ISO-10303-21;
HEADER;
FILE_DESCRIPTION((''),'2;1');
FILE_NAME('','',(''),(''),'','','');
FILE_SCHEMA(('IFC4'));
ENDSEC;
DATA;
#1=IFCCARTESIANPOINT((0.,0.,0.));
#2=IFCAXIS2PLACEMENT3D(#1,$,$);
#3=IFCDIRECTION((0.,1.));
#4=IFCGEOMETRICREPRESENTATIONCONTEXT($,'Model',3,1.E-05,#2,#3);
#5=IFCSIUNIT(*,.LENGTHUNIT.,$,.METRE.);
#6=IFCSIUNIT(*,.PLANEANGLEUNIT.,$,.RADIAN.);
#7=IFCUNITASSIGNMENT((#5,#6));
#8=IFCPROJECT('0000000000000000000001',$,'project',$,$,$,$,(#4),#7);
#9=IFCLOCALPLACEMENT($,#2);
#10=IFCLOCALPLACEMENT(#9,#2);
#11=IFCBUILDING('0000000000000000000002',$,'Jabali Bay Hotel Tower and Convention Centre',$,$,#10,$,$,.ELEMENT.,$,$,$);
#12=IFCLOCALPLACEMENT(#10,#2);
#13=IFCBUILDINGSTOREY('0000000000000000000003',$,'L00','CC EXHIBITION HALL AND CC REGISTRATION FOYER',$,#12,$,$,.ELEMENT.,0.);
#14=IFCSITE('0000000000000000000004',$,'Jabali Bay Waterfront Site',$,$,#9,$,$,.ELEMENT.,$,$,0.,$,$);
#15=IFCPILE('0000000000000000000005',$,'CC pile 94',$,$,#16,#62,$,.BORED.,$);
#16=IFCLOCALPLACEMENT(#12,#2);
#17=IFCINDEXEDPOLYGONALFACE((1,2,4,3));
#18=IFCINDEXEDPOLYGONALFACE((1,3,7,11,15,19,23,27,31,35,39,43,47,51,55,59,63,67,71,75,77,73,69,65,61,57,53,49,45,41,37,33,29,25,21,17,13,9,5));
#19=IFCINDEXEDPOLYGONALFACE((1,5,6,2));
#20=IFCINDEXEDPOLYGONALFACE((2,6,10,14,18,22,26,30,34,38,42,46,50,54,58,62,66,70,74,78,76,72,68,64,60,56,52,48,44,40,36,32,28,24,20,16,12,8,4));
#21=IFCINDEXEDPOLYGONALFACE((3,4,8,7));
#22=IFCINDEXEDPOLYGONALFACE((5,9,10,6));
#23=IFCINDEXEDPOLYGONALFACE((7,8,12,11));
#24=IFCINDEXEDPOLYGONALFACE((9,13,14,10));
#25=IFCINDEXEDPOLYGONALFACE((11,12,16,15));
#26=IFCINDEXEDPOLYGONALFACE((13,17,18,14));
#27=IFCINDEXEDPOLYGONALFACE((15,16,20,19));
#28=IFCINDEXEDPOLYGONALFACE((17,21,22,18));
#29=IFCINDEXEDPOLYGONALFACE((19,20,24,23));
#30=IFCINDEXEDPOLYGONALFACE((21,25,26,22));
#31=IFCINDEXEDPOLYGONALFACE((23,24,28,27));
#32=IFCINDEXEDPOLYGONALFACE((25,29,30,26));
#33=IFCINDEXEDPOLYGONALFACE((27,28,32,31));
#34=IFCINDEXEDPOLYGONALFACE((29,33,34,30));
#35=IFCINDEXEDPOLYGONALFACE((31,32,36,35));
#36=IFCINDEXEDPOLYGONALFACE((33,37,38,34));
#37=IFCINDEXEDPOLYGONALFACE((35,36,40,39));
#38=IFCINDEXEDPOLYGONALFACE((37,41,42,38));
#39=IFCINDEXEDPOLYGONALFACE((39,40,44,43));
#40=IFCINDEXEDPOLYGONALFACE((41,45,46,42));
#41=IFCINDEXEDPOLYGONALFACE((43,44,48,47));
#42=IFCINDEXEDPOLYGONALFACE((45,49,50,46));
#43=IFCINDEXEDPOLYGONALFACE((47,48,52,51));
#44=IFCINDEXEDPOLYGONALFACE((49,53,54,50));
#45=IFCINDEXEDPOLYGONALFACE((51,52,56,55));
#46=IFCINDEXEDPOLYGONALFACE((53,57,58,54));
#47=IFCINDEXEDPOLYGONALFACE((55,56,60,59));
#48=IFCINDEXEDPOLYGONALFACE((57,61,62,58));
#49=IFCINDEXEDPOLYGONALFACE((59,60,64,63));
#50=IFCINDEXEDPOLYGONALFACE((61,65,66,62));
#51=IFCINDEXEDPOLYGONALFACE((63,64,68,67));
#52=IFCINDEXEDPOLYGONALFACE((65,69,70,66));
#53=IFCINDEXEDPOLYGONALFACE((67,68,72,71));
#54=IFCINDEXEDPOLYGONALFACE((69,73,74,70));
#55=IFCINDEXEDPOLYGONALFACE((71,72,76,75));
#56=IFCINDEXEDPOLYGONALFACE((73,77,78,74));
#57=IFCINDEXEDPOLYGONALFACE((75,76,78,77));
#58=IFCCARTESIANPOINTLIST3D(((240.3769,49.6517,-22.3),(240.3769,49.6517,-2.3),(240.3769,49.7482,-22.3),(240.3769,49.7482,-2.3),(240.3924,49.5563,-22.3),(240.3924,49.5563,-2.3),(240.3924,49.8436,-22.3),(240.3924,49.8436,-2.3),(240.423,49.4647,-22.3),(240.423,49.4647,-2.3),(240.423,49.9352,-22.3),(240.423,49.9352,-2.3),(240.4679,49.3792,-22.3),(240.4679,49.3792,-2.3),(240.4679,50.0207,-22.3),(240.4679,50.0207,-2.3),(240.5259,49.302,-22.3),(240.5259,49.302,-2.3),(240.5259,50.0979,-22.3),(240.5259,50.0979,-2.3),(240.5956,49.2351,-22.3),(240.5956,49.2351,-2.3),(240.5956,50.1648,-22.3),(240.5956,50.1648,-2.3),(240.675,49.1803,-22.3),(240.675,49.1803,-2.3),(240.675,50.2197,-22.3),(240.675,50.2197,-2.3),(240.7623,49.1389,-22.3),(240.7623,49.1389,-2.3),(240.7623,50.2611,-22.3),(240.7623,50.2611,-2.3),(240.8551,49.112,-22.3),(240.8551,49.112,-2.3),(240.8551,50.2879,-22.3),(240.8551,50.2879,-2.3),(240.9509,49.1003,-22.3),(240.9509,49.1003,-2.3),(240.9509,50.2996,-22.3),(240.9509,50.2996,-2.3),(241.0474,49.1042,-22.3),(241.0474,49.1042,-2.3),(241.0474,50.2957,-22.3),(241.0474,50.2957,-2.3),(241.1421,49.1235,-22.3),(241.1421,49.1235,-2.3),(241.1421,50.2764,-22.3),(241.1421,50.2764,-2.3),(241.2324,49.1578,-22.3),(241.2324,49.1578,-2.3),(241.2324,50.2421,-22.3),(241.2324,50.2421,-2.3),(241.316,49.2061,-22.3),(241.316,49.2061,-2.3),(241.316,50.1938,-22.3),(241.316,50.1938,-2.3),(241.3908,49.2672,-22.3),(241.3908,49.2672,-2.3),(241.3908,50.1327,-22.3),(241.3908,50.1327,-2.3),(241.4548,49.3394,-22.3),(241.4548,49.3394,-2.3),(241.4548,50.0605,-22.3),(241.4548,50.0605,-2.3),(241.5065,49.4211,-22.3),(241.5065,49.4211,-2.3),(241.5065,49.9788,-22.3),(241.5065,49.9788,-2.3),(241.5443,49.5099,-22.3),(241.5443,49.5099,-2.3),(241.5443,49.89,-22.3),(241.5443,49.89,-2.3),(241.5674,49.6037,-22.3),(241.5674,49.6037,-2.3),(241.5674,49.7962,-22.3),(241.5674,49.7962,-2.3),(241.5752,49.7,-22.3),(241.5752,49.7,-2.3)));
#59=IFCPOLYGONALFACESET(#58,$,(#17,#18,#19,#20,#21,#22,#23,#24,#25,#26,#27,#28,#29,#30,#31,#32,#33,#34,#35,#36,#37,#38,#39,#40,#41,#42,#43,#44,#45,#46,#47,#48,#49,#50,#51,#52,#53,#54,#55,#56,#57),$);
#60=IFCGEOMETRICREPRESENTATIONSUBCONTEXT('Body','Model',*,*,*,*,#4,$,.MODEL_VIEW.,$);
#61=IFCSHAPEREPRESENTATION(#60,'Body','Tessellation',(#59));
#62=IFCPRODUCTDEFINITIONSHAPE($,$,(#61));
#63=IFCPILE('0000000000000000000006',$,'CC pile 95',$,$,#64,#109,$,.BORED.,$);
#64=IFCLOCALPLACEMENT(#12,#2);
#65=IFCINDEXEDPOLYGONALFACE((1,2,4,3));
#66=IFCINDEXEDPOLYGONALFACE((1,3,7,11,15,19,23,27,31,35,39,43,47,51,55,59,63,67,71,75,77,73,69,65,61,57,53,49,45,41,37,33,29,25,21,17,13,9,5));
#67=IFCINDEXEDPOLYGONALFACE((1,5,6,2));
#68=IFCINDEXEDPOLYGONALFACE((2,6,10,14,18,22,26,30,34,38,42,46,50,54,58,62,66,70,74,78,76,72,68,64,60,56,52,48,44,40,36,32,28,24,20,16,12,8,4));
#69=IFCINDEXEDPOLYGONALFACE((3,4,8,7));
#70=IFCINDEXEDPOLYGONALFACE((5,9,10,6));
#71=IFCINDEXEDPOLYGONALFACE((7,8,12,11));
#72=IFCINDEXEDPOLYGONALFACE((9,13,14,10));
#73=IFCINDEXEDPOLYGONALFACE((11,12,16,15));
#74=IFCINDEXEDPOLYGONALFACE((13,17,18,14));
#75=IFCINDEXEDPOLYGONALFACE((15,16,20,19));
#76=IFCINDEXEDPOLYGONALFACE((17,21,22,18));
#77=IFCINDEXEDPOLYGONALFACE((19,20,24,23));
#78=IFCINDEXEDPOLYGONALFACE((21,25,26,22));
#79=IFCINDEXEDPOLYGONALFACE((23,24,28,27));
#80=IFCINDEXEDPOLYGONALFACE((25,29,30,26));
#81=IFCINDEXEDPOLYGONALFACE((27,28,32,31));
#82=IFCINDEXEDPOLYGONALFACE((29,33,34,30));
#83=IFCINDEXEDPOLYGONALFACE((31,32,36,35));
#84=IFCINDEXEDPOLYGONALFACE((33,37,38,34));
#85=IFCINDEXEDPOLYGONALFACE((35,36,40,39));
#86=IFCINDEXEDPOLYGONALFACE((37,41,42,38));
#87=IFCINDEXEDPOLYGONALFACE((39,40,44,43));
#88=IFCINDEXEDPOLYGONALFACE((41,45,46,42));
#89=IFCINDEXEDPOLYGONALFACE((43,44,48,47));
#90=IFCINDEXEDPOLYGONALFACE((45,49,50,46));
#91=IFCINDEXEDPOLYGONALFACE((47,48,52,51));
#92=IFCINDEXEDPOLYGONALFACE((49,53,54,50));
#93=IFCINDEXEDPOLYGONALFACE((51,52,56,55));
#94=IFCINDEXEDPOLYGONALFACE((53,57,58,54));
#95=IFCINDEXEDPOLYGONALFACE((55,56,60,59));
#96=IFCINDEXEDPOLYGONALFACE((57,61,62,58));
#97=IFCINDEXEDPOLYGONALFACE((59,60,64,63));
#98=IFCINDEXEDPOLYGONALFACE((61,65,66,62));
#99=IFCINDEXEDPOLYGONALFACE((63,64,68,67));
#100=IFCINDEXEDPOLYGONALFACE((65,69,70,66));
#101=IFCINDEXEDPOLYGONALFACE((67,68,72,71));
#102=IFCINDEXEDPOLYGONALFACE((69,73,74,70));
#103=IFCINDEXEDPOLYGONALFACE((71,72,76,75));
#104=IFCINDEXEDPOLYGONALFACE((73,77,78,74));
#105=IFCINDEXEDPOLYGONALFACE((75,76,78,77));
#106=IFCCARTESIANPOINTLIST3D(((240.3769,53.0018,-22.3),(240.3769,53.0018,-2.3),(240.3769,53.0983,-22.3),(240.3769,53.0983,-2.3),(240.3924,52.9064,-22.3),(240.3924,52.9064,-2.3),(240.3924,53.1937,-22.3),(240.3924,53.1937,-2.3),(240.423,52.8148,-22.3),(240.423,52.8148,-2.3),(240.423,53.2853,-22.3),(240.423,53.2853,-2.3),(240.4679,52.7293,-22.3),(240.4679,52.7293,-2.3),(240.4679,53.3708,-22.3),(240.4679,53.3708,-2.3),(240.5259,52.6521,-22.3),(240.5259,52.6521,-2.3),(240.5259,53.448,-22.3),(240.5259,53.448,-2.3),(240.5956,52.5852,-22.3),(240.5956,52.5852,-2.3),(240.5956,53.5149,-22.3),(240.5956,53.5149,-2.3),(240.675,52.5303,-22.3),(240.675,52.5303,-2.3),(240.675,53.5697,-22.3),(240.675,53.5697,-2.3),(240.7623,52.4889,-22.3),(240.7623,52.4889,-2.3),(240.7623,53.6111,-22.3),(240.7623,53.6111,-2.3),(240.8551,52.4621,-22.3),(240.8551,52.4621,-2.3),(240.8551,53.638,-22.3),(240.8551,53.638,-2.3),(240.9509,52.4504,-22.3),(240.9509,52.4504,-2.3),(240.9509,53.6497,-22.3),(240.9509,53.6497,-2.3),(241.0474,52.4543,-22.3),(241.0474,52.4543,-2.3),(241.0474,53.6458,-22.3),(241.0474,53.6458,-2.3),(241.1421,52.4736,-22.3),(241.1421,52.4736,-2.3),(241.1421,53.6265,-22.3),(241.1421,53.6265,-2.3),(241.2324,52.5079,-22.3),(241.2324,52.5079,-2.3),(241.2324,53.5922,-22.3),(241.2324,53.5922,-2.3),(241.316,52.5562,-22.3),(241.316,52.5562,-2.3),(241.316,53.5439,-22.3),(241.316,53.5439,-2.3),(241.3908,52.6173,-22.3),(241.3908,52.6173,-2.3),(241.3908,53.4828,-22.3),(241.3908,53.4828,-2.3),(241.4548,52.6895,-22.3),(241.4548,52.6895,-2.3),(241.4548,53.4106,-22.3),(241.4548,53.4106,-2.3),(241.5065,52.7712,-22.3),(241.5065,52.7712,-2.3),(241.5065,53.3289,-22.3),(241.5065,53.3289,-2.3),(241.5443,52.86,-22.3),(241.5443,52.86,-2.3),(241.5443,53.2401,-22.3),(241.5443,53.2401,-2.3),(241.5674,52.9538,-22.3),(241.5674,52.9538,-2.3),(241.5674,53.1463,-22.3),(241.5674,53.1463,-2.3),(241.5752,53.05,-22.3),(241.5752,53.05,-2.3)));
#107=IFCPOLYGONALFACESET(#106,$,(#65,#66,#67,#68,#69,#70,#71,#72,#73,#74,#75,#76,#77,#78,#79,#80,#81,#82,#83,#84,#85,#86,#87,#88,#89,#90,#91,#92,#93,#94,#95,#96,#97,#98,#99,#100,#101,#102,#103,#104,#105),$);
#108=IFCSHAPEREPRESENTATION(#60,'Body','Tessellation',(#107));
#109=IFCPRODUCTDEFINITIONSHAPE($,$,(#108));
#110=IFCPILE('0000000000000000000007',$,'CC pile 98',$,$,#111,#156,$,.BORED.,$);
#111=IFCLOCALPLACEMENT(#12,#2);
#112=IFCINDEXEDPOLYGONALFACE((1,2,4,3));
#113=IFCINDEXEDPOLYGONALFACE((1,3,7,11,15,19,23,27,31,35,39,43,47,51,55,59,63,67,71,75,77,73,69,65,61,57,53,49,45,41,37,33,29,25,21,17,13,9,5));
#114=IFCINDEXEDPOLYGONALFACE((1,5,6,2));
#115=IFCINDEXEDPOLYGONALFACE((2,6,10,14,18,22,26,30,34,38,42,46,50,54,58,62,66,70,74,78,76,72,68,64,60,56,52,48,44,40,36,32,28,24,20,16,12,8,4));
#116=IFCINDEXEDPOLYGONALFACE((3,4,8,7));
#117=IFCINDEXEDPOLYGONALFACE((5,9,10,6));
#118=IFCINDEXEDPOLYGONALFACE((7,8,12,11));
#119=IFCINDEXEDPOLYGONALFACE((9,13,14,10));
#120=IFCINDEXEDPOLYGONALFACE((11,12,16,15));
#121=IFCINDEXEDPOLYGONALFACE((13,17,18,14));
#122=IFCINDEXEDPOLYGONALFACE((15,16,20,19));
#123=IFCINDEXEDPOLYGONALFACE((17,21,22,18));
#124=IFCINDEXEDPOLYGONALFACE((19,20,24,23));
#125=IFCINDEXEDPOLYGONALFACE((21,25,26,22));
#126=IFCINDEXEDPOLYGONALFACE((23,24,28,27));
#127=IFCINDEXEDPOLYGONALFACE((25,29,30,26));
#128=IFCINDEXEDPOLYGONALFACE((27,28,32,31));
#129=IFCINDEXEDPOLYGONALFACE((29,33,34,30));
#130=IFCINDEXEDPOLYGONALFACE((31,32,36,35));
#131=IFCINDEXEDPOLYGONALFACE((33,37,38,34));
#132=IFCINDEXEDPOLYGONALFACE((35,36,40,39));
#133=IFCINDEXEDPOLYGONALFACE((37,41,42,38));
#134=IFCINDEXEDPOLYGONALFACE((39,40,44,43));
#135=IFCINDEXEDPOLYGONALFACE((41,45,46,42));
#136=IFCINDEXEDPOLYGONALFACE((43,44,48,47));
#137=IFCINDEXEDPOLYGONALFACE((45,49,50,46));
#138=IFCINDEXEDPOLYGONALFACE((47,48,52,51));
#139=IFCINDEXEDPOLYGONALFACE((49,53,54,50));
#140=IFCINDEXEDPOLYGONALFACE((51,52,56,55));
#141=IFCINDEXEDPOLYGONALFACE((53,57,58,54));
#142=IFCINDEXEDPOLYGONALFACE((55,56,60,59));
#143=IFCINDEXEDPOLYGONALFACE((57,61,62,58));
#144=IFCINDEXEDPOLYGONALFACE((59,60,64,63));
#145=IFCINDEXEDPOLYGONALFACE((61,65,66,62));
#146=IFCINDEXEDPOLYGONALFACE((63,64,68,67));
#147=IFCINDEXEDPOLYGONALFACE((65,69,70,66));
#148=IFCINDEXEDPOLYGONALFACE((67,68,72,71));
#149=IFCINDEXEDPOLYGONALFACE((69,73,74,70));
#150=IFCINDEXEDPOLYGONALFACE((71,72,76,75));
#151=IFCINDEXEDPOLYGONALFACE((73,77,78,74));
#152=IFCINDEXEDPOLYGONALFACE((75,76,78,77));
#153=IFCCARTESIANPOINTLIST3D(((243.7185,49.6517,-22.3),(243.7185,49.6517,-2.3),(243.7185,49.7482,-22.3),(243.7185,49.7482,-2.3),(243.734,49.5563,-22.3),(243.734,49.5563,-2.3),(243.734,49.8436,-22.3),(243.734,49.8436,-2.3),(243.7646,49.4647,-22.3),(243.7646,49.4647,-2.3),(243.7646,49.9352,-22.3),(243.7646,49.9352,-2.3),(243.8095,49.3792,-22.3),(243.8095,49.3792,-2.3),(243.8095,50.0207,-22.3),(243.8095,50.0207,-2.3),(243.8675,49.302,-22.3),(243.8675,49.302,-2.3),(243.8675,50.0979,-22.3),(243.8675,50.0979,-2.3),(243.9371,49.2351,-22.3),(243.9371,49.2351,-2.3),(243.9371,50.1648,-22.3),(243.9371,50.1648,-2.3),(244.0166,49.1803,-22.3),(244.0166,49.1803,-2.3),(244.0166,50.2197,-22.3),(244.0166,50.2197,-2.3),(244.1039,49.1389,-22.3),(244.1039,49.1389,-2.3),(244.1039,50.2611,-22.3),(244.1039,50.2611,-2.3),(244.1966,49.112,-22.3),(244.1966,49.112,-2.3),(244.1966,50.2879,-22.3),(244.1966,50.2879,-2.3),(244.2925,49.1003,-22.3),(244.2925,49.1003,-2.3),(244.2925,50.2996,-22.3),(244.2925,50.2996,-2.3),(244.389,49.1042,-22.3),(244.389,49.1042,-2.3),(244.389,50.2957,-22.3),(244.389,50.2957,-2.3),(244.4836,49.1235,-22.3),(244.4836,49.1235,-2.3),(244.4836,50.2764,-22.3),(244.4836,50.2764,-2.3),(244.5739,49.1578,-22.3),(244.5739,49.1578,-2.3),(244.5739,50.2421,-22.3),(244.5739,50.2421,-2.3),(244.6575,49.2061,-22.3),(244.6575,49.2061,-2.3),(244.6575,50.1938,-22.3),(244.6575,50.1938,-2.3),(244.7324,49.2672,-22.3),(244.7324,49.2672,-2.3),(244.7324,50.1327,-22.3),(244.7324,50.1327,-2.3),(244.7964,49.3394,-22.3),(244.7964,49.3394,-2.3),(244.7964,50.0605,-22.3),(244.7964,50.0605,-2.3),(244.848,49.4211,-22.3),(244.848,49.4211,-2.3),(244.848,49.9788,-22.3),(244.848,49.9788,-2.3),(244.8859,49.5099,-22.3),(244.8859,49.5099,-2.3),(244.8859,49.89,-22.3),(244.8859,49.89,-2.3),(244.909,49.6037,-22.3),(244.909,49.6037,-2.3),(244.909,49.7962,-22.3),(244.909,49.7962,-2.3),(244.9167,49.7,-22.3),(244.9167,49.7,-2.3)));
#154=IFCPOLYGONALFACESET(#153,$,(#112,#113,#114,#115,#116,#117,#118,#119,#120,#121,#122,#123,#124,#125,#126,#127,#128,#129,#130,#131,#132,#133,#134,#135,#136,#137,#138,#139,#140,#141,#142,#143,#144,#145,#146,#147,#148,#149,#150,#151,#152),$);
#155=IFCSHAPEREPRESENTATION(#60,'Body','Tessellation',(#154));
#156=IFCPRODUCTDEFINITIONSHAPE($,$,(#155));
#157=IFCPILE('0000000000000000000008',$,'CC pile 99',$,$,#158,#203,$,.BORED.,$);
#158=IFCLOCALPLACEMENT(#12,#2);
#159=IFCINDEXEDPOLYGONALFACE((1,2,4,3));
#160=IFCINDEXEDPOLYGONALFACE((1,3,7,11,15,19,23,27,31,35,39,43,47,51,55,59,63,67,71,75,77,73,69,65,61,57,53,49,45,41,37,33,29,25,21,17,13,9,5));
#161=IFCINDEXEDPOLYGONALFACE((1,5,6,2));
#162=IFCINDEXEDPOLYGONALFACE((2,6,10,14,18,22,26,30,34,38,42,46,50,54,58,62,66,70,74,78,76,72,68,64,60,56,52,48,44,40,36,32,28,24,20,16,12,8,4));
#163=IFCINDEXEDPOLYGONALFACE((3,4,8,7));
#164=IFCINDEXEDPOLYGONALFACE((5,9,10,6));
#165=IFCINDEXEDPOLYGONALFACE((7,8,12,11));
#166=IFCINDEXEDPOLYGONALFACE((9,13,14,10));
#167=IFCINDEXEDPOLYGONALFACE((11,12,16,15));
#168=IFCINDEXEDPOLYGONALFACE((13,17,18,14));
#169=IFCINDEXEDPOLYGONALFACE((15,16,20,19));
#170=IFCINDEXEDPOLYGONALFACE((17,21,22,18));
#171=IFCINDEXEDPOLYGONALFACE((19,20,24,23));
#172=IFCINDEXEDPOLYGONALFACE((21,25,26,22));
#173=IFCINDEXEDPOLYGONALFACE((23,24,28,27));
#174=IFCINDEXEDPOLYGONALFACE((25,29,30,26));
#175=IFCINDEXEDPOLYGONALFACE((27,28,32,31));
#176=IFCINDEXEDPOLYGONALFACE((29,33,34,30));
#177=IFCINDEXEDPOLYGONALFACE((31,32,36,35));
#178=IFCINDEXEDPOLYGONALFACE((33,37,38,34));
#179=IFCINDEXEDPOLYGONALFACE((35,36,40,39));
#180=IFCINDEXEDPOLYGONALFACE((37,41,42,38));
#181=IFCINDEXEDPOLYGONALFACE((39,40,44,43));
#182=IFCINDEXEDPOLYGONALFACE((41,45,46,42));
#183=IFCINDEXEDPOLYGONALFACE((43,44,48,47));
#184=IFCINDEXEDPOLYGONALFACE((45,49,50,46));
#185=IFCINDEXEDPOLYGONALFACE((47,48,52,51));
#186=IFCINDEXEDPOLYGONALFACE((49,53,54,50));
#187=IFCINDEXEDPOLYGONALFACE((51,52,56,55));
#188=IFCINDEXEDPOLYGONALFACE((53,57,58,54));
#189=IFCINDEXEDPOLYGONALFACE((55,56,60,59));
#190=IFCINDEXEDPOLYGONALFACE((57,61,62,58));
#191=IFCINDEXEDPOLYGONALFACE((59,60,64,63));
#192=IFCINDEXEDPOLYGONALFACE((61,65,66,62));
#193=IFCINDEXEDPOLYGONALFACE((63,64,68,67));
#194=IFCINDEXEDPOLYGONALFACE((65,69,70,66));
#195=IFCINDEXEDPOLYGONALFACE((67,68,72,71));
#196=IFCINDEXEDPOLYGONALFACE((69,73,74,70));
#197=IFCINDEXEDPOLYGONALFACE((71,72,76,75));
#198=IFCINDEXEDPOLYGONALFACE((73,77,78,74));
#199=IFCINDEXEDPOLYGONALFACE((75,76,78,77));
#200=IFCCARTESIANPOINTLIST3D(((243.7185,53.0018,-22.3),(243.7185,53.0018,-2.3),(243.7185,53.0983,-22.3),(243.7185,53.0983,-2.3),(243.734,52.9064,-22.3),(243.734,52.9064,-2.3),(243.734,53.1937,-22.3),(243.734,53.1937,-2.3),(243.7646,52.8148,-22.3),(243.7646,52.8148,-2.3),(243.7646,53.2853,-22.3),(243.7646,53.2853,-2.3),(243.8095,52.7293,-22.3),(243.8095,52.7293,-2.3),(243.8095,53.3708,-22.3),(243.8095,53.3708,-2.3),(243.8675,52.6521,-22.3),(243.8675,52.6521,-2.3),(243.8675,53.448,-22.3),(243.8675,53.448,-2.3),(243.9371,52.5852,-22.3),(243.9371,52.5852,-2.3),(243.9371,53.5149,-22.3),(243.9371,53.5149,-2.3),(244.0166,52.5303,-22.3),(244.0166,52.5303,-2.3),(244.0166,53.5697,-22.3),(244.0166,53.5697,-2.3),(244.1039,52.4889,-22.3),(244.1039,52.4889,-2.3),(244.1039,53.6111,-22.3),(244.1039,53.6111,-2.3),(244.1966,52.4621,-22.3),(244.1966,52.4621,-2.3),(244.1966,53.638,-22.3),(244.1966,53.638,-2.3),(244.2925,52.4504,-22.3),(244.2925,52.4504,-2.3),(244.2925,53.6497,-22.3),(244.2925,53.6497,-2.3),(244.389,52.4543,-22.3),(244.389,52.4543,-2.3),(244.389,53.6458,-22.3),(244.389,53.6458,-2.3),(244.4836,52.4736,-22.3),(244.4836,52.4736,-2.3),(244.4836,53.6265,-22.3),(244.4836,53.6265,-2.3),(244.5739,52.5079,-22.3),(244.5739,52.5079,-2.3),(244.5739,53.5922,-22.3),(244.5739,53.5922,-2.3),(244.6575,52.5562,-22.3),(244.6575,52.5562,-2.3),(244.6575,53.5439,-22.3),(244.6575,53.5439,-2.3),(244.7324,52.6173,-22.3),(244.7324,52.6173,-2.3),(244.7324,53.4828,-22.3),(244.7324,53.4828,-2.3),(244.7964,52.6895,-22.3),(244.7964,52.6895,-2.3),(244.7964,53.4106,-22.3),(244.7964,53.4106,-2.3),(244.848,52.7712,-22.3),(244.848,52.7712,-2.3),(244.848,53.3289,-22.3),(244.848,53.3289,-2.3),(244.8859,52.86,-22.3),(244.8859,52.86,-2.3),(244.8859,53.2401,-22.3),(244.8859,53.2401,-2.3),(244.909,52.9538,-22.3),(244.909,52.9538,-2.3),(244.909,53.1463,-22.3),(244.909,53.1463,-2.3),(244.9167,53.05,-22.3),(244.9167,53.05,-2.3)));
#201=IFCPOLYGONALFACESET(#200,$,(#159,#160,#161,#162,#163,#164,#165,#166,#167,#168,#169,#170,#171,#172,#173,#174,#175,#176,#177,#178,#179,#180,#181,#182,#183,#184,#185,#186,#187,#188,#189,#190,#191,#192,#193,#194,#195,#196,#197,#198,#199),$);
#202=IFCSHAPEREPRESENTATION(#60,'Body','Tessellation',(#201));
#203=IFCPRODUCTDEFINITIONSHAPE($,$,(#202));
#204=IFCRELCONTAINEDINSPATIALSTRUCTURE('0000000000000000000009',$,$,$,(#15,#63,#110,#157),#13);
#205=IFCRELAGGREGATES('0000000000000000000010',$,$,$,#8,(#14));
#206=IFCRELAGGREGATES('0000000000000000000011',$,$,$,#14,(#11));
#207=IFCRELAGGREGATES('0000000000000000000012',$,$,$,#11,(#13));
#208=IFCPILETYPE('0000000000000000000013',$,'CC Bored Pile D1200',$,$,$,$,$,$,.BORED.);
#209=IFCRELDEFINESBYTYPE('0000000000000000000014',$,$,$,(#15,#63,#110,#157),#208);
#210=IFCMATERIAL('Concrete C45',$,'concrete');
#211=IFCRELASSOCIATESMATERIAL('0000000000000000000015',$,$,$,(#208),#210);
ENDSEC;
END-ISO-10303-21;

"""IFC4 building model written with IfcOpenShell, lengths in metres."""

from ifc_helpers import new_model, si_unit, direction, frame, origin, origin_2d, place, context, subcontext, project, spatial, circle, extrude, material, material_profile, profile_set, type_object, element, save


model = new_model("IFC4")

# Units and contexts
model_context = context("Model", 3, precision=1e-05, world=origin(), true_north=direction((0.0, 1.0)))
body_context = subcontext(model_context, "Body", "Model", "MODEL_VIEW")
ifc_project = project(units=[si_unit("LENGTHUNIT", "METRE"), si_unit("PLANEANGLEUNIT", "RADIAN")], contexts=[model_context])

# Site, building, storey
site_placement = place(None, origin())
site = spatial("IfcSite", under=ifc_project, at=site_placement, Name="Jabali Bay Waterfront Site", CompositionType="ELEMENT", RefElevation=0.0)
building_placement = place(site_placement, origin())
building = spatial("IfcBuilding", under=site, at=building_placement, Name="Jabali Bay Hotel Tower and Convention Centre", CompositionType="ELEMENT")
storey_placement = place(building_placement, origin())
storey = spatial("IfcBuildingStorey", under=building, at=storey_placement, Name="L00", Description="CC EXHIBITION HALL AND CC REGISTRATION FOYER", CompositionType="ELEMENT", Elevation=0.0)

# Piles
ifc_material_1 = material(Name="Concrete C45", Category="concrete")
ifc_material_profile = material_profile(ifc_material_1, circle(Radius=0.6001, at=origin_2d()), Name="D1200")
ifc_profile_set = profile_set([ifc_material_profile], Name="Concrete C45")
pile_type = type_object("IfcPileType", Name="CC Bored Pile D1200", PredefinedType="BORED", material=ifc_profile_set)
for number, where, z_axis, x_axis, name in (
    (1, (240.9751, 49.7, -2.3), (0.0, 0.0, -1.0), (1.0, 0.0, 0.0), "CC pile 94"),
    (2, (240.9751, 53.05, -2.3), (0.0, 0.0, -1.0), (1.0, 0.0, 0.0), "CC pile 95"),
    (3, (244.3167, 49.7, -2.3), (0.0, 0.0, -1.0), (1.0, 0.0, 0.0), "CC pile 98"),
    (4, (244.3167, 53.05, -2.3), (0.0, 0.0, -1.0), (1.0, 0.0, 0.0), "CC pile 99"),
):
    element("IfcPile", number, at=place(storey_placement, frame(where, z_axis=z_axis, x_axis=x_axis)), inside=storey, type_object=pile_type, Name=name, PredefinedType="BORED", context=body_context, shape_type="SweptSolid", body=[
        extrude(circle(Radius=0.6001, at=origin_2d()), origin(), (0.0, 0.0, 1.0), 20.0),
    ])

save(model, "model.ifc")
